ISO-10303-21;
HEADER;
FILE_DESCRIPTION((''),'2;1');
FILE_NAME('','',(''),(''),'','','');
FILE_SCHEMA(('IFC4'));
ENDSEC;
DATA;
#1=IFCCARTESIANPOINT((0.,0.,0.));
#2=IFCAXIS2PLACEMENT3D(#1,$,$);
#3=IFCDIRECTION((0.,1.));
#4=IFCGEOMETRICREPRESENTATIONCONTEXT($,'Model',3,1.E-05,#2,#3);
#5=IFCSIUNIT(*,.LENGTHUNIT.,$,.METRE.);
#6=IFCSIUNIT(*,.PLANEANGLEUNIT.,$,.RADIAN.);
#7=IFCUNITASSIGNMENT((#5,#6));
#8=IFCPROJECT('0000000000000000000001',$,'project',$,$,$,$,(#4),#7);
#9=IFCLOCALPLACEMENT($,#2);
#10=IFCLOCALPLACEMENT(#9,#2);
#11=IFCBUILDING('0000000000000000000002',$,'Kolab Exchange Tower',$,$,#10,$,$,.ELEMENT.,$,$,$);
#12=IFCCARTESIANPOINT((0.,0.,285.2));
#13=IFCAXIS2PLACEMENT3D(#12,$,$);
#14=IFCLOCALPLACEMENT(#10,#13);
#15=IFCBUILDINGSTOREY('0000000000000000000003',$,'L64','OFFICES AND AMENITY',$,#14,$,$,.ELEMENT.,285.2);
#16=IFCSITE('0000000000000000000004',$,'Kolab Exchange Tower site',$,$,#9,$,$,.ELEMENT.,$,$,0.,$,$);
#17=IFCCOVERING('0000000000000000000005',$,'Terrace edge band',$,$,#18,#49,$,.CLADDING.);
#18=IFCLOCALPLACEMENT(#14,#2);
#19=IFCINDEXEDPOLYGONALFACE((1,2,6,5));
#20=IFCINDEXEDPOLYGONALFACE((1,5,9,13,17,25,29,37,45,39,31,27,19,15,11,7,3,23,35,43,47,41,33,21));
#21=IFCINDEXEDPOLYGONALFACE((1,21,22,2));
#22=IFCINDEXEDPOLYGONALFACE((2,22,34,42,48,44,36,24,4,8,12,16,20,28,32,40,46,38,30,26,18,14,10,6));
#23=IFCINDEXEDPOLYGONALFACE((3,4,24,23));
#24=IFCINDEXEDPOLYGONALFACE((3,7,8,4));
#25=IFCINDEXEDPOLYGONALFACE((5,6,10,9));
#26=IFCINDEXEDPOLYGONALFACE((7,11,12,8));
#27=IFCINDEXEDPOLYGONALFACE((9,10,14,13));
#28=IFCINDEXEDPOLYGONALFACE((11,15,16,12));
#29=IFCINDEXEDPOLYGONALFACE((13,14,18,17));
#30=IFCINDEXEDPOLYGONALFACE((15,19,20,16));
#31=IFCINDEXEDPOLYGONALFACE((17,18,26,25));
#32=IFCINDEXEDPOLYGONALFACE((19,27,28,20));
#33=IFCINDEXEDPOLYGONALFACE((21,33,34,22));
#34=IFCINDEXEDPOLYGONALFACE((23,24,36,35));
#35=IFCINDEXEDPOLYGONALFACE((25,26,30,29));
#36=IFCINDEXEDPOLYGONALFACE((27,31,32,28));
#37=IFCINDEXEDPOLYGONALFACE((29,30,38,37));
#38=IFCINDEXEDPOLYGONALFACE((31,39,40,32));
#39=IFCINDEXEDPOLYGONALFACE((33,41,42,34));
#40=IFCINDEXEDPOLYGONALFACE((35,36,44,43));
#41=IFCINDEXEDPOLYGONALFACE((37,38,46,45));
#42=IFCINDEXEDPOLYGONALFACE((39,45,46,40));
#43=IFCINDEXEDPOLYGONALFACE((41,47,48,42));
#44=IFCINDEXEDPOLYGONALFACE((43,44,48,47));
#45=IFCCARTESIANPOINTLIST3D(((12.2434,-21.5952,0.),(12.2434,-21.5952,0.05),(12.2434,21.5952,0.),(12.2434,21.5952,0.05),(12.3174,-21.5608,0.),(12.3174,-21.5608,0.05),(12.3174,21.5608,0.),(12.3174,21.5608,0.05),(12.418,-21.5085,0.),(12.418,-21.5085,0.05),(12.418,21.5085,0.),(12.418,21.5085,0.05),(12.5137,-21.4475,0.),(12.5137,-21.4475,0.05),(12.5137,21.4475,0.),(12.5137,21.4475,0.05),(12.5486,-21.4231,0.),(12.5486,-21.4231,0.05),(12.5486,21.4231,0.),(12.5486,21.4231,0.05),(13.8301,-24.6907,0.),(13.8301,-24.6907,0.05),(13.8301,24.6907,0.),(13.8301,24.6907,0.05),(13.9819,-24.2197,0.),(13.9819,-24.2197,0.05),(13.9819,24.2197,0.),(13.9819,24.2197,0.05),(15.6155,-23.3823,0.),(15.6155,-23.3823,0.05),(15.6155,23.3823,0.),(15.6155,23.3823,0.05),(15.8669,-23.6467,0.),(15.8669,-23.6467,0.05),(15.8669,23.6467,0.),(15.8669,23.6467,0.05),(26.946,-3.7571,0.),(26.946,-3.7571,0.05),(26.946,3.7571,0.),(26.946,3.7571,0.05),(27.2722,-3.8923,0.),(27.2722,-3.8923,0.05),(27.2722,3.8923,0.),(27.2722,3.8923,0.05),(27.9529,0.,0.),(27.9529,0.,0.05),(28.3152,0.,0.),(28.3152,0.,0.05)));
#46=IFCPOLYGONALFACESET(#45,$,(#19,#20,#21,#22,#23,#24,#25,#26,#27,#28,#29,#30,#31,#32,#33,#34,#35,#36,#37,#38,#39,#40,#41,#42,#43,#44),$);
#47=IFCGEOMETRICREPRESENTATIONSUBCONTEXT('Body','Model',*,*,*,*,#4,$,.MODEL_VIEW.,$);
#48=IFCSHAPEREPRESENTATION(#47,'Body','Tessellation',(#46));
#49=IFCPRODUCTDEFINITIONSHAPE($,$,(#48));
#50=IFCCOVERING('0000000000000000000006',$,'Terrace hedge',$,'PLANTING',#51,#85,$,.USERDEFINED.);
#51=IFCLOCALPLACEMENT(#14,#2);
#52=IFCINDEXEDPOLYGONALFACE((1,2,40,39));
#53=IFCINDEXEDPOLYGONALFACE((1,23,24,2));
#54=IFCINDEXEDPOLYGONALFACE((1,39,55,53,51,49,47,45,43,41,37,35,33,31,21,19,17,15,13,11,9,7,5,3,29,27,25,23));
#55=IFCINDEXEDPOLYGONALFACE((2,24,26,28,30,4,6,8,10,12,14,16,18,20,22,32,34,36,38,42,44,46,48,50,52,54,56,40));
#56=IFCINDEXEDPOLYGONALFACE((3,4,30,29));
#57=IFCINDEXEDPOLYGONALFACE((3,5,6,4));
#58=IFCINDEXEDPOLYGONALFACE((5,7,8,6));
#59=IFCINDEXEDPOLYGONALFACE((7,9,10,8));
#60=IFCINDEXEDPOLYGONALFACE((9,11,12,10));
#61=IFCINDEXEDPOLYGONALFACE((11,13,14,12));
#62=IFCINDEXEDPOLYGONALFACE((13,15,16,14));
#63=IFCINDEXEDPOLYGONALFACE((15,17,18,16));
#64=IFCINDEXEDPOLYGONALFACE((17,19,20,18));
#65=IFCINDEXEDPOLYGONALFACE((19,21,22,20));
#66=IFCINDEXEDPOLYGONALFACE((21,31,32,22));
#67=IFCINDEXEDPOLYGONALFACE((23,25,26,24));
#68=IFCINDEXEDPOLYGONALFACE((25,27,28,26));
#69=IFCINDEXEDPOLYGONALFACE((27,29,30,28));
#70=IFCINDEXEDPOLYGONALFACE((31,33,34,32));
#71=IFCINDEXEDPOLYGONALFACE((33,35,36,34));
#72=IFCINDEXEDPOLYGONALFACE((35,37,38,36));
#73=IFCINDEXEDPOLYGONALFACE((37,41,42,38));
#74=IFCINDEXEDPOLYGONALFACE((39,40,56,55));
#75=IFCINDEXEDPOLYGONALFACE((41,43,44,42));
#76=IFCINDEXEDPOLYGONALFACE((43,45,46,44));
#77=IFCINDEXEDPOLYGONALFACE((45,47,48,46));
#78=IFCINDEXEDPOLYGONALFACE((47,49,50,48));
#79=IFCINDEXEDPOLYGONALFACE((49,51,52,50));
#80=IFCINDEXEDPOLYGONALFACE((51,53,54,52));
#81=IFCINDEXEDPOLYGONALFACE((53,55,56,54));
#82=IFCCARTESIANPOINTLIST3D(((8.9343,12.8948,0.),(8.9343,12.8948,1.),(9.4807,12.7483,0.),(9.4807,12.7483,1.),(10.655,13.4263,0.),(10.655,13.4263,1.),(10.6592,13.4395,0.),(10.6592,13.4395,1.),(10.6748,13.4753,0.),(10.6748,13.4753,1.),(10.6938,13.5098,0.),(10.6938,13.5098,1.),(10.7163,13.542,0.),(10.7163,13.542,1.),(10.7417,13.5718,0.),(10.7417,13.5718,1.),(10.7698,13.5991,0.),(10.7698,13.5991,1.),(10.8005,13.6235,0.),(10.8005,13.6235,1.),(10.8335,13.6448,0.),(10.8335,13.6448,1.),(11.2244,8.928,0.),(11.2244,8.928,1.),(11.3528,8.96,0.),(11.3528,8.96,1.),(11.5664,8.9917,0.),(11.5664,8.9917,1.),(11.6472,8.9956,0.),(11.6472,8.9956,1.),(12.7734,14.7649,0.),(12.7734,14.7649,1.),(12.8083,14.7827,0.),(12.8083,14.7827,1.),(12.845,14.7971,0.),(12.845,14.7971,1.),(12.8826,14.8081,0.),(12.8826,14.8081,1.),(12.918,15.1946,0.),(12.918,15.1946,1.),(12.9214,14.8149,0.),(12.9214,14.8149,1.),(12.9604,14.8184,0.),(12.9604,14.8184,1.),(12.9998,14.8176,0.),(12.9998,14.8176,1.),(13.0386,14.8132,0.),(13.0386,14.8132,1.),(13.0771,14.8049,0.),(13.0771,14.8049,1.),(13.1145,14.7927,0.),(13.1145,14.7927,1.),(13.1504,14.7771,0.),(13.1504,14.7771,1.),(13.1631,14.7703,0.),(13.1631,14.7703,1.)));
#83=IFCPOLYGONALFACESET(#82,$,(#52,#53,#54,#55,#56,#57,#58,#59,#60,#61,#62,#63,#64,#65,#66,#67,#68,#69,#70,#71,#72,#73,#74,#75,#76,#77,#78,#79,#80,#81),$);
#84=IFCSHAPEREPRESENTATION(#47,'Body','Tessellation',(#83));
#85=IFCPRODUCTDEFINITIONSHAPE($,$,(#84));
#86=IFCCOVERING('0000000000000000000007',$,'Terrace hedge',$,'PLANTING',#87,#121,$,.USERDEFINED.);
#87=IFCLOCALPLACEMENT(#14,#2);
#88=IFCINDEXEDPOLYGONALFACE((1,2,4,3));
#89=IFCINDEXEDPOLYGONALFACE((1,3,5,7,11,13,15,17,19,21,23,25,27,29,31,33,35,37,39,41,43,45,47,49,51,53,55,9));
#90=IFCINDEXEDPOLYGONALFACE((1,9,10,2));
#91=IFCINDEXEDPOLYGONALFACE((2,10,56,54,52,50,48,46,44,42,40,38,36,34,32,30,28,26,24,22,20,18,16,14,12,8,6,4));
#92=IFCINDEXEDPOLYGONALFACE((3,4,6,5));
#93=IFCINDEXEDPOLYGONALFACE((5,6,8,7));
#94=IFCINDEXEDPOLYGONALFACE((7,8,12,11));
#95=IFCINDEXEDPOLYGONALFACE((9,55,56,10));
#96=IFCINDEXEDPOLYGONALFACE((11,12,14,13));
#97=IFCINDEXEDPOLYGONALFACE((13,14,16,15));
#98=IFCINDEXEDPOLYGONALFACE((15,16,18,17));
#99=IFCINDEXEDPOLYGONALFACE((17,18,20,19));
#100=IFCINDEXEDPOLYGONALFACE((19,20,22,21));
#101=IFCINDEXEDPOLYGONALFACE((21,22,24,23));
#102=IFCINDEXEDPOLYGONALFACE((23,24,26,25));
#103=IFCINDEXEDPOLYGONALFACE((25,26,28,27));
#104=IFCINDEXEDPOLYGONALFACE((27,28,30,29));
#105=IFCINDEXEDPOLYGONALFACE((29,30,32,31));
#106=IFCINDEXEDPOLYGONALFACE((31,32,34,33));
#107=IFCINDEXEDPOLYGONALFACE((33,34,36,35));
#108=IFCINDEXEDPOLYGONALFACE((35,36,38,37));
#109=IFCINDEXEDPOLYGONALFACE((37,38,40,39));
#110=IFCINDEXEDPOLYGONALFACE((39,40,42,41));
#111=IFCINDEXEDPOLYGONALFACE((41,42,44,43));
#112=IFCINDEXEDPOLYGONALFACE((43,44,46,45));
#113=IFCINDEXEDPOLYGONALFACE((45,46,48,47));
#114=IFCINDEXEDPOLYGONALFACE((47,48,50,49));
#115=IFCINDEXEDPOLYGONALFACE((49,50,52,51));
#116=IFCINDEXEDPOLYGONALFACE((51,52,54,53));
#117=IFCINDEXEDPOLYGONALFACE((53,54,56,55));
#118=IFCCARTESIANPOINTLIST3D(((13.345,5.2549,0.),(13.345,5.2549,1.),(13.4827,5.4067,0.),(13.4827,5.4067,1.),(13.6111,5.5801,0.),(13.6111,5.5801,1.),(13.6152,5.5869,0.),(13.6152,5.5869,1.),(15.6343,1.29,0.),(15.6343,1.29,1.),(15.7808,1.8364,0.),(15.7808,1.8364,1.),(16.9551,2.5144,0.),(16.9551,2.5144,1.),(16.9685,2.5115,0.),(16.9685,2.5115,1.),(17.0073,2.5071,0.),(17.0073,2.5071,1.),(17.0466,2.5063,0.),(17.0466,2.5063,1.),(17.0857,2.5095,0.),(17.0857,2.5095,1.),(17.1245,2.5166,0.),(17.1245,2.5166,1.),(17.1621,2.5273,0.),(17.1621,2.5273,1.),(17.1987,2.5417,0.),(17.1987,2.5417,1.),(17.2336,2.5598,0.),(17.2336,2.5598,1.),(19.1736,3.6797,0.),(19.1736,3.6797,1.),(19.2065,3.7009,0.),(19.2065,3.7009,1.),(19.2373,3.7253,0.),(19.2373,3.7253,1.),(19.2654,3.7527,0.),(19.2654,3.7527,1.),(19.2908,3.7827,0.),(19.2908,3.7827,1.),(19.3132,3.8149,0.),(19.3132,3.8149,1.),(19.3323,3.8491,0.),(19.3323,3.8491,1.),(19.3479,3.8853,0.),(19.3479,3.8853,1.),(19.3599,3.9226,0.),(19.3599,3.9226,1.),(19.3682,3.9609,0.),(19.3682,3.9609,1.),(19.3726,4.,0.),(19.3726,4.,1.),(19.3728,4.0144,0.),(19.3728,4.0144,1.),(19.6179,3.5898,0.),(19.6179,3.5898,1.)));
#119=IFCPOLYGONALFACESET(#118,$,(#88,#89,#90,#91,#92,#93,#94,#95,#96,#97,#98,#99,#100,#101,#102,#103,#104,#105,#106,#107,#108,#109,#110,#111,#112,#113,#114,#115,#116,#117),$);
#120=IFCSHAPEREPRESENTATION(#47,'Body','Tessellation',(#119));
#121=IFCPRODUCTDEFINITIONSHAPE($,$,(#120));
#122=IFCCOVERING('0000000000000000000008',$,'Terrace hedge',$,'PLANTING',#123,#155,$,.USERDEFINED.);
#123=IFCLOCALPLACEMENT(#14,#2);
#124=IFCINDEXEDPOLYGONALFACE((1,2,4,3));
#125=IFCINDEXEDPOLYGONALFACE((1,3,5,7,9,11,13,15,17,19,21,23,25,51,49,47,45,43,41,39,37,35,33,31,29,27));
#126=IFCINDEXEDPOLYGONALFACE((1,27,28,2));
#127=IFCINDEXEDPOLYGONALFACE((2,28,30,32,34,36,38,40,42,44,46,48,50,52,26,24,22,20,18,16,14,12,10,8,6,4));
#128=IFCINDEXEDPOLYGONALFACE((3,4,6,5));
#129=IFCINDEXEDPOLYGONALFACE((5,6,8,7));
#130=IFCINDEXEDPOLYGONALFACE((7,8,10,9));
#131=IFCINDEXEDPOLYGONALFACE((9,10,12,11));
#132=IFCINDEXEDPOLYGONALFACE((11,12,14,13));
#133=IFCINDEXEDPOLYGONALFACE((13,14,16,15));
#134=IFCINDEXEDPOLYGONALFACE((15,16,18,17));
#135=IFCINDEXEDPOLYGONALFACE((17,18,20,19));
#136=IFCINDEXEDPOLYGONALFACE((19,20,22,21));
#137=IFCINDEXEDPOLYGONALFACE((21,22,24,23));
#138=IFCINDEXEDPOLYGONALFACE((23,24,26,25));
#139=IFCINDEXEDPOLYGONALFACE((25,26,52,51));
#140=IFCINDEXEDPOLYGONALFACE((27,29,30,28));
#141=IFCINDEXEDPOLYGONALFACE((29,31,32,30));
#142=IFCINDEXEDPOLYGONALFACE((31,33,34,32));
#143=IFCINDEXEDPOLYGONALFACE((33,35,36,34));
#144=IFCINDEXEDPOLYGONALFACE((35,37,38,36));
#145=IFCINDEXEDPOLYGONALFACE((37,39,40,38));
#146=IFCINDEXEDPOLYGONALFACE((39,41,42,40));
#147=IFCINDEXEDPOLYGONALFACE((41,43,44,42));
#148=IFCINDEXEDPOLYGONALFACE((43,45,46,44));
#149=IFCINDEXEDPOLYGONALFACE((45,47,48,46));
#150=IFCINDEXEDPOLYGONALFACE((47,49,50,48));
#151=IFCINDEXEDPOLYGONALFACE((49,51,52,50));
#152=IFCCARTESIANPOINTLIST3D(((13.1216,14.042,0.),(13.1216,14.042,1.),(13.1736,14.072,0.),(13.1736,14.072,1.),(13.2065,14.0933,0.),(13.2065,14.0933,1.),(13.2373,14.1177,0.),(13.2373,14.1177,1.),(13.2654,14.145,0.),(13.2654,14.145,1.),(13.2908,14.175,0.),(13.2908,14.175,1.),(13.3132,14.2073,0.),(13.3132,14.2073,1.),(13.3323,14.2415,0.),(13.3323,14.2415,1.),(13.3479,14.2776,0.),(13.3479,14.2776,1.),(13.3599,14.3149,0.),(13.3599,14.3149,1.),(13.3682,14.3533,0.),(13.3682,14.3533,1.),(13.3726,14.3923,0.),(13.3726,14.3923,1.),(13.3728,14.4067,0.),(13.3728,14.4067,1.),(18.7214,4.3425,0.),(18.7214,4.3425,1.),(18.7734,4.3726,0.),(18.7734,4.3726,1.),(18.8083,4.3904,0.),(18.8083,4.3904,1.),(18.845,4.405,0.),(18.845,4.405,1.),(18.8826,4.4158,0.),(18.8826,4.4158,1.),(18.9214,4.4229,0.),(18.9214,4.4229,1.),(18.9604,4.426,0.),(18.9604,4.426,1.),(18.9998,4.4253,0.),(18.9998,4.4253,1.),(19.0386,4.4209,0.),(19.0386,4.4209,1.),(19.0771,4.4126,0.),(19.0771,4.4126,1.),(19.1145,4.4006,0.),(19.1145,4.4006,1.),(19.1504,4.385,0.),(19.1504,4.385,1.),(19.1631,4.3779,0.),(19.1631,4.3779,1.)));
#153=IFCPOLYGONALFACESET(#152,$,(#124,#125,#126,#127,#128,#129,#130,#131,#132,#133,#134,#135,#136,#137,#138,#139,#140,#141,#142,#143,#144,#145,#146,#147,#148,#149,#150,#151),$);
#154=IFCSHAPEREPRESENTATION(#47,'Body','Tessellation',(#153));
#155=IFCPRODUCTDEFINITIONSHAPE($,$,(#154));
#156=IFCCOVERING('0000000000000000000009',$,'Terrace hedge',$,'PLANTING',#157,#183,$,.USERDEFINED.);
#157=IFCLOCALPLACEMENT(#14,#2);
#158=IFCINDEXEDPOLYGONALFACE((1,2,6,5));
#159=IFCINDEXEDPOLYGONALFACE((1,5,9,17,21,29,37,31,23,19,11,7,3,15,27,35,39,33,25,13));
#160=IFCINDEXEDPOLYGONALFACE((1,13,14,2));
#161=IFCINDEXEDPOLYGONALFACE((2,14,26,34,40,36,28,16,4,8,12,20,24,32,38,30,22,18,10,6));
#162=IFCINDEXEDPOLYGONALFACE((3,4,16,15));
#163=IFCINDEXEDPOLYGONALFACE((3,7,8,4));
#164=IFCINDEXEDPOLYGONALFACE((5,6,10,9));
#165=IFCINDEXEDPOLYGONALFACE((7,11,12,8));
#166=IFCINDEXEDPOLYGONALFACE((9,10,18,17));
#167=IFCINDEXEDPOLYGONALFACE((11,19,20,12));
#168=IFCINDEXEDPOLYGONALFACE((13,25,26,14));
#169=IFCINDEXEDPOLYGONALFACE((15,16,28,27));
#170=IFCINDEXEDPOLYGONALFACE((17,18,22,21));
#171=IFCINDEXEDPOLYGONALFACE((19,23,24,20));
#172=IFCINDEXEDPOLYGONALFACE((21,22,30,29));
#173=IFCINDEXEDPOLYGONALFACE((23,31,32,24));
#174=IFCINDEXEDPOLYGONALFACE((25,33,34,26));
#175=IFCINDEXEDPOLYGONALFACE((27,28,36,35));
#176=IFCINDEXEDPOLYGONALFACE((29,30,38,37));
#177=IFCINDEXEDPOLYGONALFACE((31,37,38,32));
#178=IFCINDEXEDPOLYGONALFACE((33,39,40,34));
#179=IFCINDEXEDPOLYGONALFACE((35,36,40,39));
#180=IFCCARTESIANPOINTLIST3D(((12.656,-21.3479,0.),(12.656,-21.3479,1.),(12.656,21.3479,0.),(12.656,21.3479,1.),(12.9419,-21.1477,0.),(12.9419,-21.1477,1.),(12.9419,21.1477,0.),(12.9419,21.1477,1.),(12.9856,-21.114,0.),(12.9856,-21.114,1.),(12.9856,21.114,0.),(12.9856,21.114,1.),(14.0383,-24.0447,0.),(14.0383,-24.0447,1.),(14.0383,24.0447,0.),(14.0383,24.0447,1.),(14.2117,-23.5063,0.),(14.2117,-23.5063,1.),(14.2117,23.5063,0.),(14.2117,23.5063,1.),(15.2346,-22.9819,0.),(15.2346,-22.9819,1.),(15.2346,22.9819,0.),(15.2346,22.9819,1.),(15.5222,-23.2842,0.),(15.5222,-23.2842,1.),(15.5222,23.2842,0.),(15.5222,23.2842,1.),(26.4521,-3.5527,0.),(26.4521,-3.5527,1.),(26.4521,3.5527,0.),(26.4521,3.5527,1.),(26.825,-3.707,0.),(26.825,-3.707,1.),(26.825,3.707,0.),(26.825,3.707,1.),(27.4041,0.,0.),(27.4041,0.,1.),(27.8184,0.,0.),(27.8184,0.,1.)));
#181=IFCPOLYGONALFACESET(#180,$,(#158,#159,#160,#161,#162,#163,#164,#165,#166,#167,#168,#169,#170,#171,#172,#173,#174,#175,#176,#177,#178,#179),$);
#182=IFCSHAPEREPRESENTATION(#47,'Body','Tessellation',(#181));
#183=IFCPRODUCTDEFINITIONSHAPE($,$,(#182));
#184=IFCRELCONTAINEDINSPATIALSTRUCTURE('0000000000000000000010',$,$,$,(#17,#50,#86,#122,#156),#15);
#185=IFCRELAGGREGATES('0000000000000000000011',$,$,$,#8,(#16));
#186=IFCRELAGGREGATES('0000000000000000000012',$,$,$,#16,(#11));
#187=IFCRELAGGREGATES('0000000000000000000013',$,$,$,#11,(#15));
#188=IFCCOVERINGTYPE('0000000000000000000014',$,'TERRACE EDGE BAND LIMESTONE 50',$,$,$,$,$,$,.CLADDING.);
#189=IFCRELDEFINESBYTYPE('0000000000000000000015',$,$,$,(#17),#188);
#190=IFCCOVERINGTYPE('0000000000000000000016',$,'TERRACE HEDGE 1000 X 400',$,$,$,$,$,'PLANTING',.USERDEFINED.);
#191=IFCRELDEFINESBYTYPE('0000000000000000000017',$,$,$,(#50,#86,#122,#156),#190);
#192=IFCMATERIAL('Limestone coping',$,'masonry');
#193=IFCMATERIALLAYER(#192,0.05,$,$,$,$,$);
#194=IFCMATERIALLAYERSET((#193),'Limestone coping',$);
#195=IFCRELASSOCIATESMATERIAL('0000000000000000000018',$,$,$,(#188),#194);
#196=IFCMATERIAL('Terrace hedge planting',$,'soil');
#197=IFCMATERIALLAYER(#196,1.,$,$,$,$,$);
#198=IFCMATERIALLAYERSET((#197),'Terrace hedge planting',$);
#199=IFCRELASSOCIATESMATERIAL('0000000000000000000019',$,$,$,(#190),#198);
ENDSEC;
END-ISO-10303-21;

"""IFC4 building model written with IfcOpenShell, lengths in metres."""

from ifc_helpers import new_model, si_unit, direction, frame, origin, place, context, subcontext, project, spatial, polyline, outline, extrude, material, layer, layer_set, type_object, element, save


model = new_model("IFC4")

# Units and contexts
model_context = context("Model", 3, precision=1e-05, world=origin(), true_north=direction((0.0, 1.0)))
body_context = subcontext(model_context, "Body", "Model", "MODEL_VIEW")
ifc_project = project(units=[si_unit("LENGTHUNIT", "METRE"), si_unit("PLANEANGLEUNIT", "RADIAN")], contexts=[model_context])

# Site, building, storey
site_placement = place(None, origin())
site = spatial("IfcSite", under=ifc_project, at=site_placement, Name="Kolab Exchange Tower site", CompositionType="ELEMENT", RefElevation=0.0)
building_placement = place(site_placement, origin())
building = spatial("IfcBuilding", under=site, at=building_placement, Name="Kolab Exchange Tower", CompositionType="ELEMENT")
storey_placement = place(building_placement, frame((0.0, 0.0, 285.2)))
storey = spatial("IfcBuildingStorey", under=building, at=storey_placement, Name="L64", Description="OFFICES AND AMENITY", CompositionType="ELEMENT", Elevation=285.2)

# Coverings
ifc_material_1 = material(Name="Limestone coping", Category="masonry")
ifc_layer_1 = layer(ifc_material_1, 0.05)
ifc_layer_set_1 = layer_set([ifc_layer_1], Name="Limestone coping")
covering_type_1 = type_object("IfcCoveringType", Name="TERRACE EDGE BAND LIMESTONE 50", PredefinedType="CLADDING", material=ifc_layer_set_1)
covering_1_placement = place(storey_placement, origin())
element("IfcCovering", 1, at=covering_1_placement, inside=storey, type_object=covering_type_1, Name="Terrace edge band", PredefinedType="CLADDING", context=body_context, shape_type="SweptSolid", body=[
    extrude(outline(polyline([(15.8669, 23.6467), (27.2722, 3.8923), (28.3152, 0.0), (27.2722, -3.8923), (15.8669, -23.6467), (13.8301, -24.6907), (12.2434, -21.5952), (12.3174, -21.5608), (12.418, -21.5085), (12.5137, -21.4475), (12.5486, -21.4231), (13.9819, -24.2197), (15.6155, -23.3823), (26.946, -3.7571), (27.9529, 0.0), (26.946, 3.7571), (15.6155, 23.3823), (13.9819, 24.2197), (12.5486, 21.4231), (12.5137, 21.4475), (12.418, 21.5085), (12.3174, 21.5608), (12.2434, 21.5952), (13.8301, 24.6907), (15.8669, 23.6467)])), origin(), (0.0, 0.0, 1.0), 0.05),
])
ifc_material_2 = material(Name="Terrace hedge planting", Category="soil")
ifc_layer_2 = layer(ifc_material_2, 1.0)
ifc_layer_set_2 = layer_set([ifc_layer_2], Name="Terrace hedge planting")
covering_type_2 = type_object("IfcCoveringType", Name="TERRACE HEDGE 1000 X 400", ElementType="PLANTING", PredefinedType="USERDEFINED", material=ifc_layer_set_2)
covering_2_placement = place(storey_placement, origin())
element("IfcCovering", 2, at=covering_2_placement, inside=storey, type_object=covering_type_2, Name="Terrace hedge", ObjectType="PLANTING", PredefinedType="USERDEFINED", context=body_context, shape_type="SweptSolid", body=[
    extrude(outline(polyline([(13.1631, 14.7703), (13.1504, 14.7771), (13.1145, 14.7927), (13.0771, 14.8049), (13.0386, 14.8132), (12.9998, 14.8176), (12.9604, 14.8184), (12.9214, 14.8149), (12.8826, 14.8081), (12.845, 14.7971), (12.8083, 14.7827), (12.7734, 14.7649), (10.8335, 13.6448), (10.8005, 13.6235), (10.7698, 13.5991), (10.7417, 13.5718), (10.7163, 13.542), (10.6938, 13.5098), (10.6748, 13.4753), (10.6592, 13.4395), (10.655, 13.4263), (9.4807, 12.7483), (11.6472, 8.9956), (11.5664, 8.9917), (11.3528, 8.96), (11.2244, 8.928), (8.9343, 12.8948), (12.918, 15.1946), (13.1631, 14.7703)])), origin(), (0.0, 0.0, 1.0), 1.0),
])
covering_3_placement = place(storey_placement, origin())
element("IfcCovering", 3, at=covering_3_placement, inside=storey, type_object=covering_type_2, Name="Terrace hedge", ObjectType="PLANTING", PredefinedType="USERDEFINED", context=body_context, shape_type="SweptSolid", body=[
    extrude(outline(polyline([(19.6179, 3.5898), (15.6343, 1.29), (13.345, 5.2549), (13.4827, 5.4067), (13.6111, 5.5801), (13.6152, 5.5869), (15.7808, 1.8364), (16.9551, 2.5144), (16.9685, 2.5115), (17.0073, 2.5071), (17.0466, 2.5063), (17.0857, 2.5095), (17.1245, 2.5166), (17.1621, 2.5273), (17.1987, 2.5417), (17.2336, 2.5598), (19.1736, 3.6797), (19.2065, 3.7009), (19.2373, 3.7253), (19.2654, 3.7527), (19.2908, 3.7827), (19.3132, 3.8149), (19.3323, 3.8491), (19.3479, 3.8853), (19.3599, 3.9226), (19.3682, 3.9609), (19.3726, 4.0), (19.3728, 4.0144), (19.6179, 3.5898)])), origin(), (0.0, 0.0, 1.0), 1.0),
])
covering_4_placement = place(storey_placement, origin())
element("IfcCovering", 4, at=covering_4_placement, inside=storey, type_object=covering_type_2, Name="Terrace hedge", ObjectType="PLANTING", PredefinedType="USERDEFINED", context=body_context, shape_type="SweptSolid", body=[
    extrude(outline(polyline([(19.1631, 4.3779), (19.1504, 4.385), (19.1145, 4.4006), (19.0771, 4.4126), (19.0386, 4.4209), (18.9998, 4.4253), (18.9604, 4.426), (18.9214, 4.4229), (18.8826, 4.4158), (18.845, 4.405), (18.8083, 4.3904), (18.7734, 4.3726), (18.7214, 4.3425), (13.1216, 14.042), (13.1736, 14.072), (13.2065, 14.0933), (13.2373, 14.1177), (13.2654, 14.145), (13.2908, 14.175), (13.3132, 14.2073), (13.3323, 14.2415), (13.3479, 14.2776), (13.3599, 14.3149), (13.3682, 14.3533), (13.3726, 14.3923), (13.3728, 14.4067), (19.1631, 4.3779)])), origin(), (0.0, 0.0, 1.0), 1.0),
])
covering_5_placement = place(storey_placement, origin())
element("IfcCovering", 5, at=covering_5_placement, inside=storey, type_object=covering_type_2, Name="Terrace hedge", ObjectType="PLANTING", PredefinedType="USERDEFINED", context=body_context, shape_type="SweptSolid", body=[
    extrude(outline(polyline([(15.5222, 23.2842), (26.825, 3.707), (27.8184, 0.0), (26.825, -3.707), (15.5222, -23.2842), (14.0383, -24.0447), (12.656, -21.3479), (12.9419, -21.1477), (12.9856, -21.114), (14.2117, -23.5063), (15.2346, -22.9819), (26.4521, -3.5527), (27.4041, 0.0), (26.4521, 3.5527), (15.2346, 22.9819), (14.2117, 23.5063), (12.9856, 21.114), (12.9419, 21.1477), (12.656, 21.3479), (14.0383, 24.0447), (15.5222, 23.2842)])), origin(), (0.0, 0.0, 1.0), 1.0),
])

save(model, "model.ifc")
